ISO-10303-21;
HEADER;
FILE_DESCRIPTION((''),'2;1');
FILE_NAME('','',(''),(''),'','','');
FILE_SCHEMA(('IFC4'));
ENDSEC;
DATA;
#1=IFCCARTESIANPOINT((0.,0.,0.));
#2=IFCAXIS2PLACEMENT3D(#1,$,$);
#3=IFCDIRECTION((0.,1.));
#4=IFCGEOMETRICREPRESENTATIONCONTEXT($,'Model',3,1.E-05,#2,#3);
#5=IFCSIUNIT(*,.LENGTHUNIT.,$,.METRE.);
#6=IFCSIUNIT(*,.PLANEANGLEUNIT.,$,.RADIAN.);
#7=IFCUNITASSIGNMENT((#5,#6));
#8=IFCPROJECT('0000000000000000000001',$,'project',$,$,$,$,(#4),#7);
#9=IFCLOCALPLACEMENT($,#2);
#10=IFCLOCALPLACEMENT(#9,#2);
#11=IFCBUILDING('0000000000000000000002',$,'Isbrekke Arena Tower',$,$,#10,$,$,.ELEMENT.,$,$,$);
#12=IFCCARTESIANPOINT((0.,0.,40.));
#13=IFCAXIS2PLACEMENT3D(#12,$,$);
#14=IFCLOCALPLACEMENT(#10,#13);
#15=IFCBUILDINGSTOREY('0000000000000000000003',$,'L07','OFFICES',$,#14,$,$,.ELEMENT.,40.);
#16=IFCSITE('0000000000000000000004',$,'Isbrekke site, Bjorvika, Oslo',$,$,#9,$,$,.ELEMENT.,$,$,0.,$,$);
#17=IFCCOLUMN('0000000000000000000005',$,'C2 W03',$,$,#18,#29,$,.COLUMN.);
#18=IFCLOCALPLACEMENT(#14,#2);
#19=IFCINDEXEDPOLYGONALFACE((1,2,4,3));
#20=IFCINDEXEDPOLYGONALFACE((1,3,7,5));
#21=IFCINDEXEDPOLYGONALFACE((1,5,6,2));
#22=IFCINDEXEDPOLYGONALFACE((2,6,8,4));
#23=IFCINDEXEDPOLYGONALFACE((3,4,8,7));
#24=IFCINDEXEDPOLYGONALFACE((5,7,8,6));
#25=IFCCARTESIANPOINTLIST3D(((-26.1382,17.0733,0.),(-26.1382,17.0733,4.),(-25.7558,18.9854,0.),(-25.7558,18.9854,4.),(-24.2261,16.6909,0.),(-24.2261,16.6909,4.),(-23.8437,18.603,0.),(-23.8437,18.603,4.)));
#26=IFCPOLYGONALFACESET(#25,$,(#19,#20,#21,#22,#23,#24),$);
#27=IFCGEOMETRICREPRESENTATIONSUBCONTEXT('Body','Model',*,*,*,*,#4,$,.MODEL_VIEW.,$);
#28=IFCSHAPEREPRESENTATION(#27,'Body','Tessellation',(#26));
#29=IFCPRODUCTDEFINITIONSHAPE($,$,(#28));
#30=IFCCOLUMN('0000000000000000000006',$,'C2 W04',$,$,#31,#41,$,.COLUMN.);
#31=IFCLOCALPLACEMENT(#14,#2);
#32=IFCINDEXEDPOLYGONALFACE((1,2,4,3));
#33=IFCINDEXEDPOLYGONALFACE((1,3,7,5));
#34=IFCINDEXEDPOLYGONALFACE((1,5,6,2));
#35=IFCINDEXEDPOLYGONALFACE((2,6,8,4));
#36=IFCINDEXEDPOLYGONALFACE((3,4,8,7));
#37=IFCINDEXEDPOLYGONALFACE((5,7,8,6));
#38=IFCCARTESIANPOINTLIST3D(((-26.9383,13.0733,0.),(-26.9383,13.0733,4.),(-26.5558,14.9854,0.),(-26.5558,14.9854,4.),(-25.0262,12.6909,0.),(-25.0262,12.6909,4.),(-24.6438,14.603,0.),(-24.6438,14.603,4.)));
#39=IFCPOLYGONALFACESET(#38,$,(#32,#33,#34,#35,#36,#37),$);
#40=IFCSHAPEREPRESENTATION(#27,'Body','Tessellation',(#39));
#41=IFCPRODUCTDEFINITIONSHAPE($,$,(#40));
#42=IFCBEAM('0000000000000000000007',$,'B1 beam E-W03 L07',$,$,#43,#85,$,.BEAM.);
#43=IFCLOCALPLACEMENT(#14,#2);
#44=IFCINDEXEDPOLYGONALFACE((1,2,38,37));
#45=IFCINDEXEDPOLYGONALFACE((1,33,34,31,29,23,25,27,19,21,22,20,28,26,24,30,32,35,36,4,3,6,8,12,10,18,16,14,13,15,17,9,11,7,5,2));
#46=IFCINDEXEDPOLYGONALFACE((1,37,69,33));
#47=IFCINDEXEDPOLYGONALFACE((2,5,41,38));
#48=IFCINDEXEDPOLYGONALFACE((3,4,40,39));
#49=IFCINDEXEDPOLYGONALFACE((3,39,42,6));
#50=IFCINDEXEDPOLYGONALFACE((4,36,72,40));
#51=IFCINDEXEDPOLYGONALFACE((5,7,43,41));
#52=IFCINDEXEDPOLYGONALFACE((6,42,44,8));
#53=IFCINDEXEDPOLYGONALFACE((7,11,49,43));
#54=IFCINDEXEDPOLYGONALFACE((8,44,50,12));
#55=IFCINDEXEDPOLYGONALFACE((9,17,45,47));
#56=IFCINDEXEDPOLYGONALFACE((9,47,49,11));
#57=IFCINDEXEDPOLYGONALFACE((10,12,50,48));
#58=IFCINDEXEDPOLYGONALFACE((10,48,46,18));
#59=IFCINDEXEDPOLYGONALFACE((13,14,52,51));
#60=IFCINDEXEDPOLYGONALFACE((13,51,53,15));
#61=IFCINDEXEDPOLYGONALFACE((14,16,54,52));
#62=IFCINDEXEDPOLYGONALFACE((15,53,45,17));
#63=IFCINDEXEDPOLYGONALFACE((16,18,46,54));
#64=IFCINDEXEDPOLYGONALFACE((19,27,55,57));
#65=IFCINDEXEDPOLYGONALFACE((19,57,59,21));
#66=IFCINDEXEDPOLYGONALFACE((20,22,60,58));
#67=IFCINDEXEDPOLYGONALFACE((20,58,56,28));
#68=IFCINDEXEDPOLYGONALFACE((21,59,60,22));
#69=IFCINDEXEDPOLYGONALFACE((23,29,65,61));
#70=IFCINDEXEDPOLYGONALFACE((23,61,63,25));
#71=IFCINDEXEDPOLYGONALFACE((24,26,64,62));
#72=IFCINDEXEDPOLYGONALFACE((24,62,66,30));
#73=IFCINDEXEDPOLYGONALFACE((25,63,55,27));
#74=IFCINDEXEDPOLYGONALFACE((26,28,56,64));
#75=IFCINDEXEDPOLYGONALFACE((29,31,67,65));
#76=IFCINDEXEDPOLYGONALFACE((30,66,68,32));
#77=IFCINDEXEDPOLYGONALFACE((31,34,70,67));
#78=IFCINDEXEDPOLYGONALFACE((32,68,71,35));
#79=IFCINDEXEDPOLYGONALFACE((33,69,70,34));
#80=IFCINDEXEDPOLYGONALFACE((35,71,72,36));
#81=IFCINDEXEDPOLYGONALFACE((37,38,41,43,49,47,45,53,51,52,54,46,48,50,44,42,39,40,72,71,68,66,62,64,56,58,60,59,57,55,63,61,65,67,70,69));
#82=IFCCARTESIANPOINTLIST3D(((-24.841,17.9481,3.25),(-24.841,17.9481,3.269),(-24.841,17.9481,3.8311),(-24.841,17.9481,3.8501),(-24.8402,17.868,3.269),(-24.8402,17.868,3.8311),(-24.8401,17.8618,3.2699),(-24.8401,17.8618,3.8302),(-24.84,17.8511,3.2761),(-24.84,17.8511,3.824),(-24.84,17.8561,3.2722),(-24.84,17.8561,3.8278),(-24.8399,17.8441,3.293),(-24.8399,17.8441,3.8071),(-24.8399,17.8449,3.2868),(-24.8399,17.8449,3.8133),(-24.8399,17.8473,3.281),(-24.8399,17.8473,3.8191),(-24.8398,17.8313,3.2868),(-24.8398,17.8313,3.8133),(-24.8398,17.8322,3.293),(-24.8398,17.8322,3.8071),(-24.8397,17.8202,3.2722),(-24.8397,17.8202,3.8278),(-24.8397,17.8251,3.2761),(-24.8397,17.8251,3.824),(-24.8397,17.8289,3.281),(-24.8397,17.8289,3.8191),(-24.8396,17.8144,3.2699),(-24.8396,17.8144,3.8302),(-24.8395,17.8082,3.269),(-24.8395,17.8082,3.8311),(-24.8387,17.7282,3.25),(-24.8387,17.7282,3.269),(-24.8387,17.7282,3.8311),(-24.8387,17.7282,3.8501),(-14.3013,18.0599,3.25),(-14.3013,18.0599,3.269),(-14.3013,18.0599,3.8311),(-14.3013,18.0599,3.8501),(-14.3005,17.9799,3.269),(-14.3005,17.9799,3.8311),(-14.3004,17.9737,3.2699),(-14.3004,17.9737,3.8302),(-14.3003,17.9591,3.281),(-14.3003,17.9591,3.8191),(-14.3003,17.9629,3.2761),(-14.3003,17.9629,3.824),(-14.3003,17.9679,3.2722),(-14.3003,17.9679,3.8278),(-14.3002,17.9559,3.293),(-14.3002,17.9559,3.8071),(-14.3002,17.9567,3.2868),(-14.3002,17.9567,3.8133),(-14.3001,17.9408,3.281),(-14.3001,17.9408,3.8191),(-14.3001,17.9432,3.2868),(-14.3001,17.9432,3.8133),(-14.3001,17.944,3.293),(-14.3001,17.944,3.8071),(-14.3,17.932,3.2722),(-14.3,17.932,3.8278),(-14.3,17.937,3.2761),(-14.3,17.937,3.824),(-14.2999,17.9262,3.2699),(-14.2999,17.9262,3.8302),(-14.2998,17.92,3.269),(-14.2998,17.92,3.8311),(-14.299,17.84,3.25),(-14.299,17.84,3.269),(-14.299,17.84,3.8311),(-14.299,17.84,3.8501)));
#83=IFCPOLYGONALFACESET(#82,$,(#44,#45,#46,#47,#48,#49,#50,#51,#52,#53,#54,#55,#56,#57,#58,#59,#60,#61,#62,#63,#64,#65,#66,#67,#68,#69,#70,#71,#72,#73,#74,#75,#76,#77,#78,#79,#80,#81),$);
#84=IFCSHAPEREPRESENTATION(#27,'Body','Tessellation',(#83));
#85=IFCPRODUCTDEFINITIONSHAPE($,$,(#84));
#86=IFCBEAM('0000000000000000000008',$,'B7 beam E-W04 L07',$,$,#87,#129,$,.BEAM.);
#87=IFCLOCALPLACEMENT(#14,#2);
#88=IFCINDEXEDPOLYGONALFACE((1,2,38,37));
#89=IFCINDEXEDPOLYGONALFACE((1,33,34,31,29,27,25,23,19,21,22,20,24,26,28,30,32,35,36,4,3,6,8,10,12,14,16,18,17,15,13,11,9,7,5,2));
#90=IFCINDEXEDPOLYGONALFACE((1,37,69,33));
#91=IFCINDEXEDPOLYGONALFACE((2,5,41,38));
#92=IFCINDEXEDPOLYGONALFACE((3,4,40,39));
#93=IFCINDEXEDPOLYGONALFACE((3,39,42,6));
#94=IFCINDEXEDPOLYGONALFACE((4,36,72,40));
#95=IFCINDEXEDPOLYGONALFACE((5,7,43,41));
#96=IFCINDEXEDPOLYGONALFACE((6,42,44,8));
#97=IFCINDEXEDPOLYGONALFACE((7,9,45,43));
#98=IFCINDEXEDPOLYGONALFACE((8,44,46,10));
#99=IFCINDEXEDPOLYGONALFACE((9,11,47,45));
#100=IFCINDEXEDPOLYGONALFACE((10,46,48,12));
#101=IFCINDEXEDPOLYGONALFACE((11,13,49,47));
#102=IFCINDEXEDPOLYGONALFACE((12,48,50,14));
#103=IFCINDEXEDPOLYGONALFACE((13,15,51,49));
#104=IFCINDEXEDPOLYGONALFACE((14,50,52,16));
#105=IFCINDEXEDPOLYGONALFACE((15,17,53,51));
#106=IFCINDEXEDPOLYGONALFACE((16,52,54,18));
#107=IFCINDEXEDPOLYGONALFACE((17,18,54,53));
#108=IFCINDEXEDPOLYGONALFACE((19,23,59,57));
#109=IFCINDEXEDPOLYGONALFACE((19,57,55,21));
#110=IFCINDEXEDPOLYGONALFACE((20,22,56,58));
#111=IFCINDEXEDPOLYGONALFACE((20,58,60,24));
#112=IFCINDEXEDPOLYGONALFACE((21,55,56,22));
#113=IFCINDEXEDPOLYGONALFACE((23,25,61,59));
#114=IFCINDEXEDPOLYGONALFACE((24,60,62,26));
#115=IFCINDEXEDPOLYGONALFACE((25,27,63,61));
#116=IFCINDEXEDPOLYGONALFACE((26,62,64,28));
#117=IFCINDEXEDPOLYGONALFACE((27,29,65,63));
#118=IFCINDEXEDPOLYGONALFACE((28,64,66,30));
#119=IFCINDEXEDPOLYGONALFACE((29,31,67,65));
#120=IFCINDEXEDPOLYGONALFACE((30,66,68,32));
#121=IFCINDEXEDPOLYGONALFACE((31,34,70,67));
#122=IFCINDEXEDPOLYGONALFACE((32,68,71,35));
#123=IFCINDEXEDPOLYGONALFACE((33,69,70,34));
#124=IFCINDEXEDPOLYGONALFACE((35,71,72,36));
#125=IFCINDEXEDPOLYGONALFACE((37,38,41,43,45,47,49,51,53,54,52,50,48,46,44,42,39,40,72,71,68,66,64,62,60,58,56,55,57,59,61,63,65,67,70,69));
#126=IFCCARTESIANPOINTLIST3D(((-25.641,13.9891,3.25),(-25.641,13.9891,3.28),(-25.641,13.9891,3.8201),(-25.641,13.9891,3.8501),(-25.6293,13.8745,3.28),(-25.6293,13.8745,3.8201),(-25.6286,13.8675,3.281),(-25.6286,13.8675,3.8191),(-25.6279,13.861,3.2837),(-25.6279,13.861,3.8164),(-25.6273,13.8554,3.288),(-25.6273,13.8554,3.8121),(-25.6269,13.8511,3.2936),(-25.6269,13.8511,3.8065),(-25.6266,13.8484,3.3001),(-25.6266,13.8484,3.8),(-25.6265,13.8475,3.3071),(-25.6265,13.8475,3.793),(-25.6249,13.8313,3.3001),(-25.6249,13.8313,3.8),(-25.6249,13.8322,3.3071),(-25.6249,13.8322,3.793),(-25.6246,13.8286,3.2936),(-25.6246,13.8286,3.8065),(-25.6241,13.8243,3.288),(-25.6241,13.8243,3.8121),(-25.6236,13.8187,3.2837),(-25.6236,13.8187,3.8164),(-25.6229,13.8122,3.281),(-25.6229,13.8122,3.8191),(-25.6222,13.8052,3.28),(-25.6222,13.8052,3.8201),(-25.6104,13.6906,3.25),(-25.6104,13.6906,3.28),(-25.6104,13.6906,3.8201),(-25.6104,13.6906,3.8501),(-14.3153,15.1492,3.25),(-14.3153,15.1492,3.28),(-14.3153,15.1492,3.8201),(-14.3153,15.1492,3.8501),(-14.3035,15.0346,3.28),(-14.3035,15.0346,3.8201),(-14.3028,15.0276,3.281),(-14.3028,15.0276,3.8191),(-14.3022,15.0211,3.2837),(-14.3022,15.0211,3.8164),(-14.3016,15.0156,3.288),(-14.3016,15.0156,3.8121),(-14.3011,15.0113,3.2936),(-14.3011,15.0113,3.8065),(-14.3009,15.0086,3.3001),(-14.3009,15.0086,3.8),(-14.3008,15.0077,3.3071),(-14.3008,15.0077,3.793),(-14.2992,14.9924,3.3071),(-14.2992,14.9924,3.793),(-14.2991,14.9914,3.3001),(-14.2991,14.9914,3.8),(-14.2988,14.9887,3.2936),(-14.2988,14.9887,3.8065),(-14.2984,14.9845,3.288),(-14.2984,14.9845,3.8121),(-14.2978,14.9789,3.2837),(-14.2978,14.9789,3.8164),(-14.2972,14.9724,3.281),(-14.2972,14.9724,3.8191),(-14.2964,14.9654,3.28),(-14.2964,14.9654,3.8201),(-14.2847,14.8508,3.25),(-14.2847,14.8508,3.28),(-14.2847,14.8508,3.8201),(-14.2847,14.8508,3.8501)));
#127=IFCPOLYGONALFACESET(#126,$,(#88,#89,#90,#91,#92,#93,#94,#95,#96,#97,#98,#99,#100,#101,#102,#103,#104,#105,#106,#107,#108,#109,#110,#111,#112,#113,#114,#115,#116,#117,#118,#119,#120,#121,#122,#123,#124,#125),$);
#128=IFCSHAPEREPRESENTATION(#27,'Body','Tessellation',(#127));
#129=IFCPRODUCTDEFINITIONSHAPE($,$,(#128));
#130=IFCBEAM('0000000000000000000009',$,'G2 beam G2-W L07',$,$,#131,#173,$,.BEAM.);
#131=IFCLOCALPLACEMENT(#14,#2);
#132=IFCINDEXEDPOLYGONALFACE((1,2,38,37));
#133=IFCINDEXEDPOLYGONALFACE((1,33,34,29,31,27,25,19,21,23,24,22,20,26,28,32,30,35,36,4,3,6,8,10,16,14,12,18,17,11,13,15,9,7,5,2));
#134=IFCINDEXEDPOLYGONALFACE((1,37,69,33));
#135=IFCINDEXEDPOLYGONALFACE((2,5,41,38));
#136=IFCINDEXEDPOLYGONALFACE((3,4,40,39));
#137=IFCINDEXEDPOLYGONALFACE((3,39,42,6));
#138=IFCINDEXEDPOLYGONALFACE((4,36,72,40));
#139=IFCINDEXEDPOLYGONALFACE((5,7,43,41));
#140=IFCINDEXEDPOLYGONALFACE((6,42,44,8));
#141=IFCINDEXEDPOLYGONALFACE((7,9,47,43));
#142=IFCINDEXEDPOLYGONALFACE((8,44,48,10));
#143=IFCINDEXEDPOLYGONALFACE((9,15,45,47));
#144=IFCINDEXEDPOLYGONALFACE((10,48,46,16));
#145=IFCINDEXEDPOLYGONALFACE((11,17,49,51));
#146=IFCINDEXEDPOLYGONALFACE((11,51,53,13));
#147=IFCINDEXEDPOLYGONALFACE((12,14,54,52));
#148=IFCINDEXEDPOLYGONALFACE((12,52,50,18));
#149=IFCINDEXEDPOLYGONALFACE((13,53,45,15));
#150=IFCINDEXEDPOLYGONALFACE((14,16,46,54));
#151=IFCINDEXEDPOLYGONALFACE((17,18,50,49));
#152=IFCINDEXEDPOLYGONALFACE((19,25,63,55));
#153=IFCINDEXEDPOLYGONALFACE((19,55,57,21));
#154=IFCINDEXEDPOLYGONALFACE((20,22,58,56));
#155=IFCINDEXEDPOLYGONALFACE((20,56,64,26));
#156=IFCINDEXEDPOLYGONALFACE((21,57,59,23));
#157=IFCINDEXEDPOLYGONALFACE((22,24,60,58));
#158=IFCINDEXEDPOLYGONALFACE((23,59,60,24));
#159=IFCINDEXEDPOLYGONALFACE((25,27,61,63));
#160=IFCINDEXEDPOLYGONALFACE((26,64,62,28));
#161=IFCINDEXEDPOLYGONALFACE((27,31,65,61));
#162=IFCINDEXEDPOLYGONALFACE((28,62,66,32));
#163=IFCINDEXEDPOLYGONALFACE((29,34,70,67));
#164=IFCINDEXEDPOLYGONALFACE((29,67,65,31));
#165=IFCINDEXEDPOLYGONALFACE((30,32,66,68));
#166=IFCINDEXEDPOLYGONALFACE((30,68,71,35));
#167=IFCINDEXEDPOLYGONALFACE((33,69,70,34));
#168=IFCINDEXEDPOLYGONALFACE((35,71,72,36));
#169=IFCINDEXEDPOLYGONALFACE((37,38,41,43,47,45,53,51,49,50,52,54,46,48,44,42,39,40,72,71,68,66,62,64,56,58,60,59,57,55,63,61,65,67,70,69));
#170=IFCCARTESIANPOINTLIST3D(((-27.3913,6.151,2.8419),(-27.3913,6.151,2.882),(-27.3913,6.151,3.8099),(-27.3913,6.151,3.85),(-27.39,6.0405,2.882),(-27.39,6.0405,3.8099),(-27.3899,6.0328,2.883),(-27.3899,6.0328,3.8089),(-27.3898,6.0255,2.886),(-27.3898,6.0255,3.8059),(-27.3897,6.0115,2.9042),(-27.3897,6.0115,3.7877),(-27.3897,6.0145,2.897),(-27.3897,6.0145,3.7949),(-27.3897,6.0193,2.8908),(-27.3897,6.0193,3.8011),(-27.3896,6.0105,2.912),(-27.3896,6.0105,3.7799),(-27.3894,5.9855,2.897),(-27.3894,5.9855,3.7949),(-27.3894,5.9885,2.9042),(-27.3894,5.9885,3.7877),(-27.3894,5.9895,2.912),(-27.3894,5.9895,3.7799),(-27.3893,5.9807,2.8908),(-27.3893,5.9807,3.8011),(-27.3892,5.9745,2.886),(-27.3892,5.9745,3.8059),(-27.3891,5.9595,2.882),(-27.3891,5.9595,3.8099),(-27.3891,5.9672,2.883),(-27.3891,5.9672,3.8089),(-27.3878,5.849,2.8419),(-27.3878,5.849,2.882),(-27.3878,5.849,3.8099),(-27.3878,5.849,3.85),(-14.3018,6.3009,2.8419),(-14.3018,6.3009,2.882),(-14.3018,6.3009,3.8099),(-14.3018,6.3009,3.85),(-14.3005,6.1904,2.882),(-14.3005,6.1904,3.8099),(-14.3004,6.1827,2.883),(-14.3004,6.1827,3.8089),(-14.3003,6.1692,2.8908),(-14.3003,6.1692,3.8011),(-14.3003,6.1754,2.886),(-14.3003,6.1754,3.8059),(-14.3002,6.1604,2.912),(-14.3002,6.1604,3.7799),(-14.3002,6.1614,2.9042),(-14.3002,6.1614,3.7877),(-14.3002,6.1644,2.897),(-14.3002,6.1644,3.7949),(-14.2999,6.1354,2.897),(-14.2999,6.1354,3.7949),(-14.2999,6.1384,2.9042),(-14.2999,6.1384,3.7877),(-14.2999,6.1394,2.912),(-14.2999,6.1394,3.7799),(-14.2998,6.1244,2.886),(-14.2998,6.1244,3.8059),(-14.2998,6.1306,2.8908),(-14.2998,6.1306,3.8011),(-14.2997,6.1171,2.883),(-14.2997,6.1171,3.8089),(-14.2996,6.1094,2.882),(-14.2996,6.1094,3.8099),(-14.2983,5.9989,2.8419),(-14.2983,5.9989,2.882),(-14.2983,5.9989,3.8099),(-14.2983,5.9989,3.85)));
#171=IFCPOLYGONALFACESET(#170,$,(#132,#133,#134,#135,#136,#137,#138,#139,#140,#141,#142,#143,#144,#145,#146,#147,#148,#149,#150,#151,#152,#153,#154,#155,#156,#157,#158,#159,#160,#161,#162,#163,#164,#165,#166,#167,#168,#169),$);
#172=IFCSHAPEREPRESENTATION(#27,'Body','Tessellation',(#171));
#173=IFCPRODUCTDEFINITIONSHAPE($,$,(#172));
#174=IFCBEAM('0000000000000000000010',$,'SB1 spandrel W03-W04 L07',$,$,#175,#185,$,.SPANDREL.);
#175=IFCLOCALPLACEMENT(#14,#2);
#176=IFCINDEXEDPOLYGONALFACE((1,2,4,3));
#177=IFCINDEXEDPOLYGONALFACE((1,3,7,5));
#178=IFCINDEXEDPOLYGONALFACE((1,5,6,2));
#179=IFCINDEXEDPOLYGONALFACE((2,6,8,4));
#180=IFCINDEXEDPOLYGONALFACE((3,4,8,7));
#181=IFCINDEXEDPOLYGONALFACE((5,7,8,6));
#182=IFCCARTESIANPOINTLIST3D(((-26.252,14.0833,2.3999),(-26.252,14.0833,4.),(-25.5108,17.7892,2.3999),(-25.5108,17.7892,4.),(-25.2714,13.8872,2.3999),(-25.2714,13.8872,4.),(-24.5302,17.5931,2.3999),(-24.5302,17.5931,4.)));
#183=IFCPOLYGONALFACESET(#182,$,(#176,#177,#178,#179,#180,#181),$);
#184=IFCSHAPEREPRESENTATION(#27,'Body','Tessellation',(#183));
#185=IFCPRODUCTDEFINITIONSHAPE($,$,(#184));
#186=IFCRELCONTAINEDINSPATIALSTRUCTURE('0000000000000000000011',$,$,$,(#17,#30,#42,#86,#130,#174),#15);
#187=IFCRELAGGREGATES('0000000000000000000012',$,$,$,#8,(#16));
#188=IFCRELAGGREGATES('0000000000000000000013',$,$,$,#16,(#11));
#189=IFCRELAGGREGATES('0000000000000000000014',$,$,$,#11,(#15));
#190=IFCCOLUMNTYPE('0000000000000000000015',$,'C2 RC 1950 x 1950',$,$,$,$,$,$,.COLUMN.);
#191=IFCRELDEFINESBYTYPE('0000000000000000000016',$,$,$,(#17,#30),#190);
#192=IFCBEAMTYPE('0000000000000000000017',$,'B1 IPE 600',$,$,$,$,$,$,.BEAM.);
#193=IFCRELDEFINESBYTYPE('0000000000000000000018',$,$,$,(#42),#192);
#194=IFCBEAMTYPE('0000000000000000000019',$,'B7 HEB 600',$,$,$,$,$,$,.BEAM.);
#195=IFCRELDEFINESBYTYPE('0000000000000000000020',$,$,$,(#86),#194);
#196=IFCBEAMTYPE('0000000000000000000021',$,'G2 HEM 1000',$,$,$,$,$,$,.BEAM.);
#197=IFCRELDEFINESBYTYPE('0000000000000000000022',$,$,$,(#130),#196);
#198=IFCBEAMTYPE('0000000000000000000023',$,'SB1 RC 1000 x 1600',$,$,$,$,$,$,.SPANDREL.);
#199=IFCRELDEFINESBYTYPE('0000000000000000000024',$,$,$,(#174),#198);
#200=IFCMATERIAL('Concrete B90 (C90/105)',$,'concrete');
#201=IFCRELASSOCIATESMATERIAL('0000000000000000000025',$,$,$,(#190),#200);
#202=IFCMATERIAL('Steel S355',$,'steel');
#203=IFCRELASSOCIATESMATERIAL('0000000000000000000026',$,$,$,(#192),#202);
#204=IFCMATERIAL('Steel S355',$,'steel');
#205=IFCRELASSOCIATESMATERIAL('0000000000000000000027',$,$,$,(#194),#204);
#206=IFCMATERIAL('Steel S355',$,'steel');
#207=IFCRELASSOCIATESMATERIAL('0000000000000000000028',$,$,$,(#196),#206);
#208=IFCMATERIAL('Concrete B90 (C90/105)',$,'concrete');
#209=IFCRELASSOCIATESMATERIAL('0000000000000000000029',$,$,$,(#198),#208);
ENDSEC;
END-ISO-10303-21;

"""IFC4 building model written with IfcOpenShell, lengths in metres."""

from ifc_helpers import new_model, si_unit, direction, frame, origin, origin_2d, place, context, subcontext, project, spatial, rectangle, i_section, extrude, material, material_profile, profile_set, type_object, element, save


model = new_model("IFC4")

# Units and contexts
model_context = context("Model", 3, precision=1e-05, world=origin(), true_north=direction((0.0, 1.0)))
body_context = subcontext(model_context, "Body", "Model", "MODEL_VIEW")
ifc_project = project(units=[si_unit("LENGTHUNIT", "METRE"), si_unit("PLANEANGLEUNIT", "RADIAN")], contexts=[model_context])

# Site, building, storey
site_placement = place(None, origin())
site = spatial("IfcSite", under=ifc_project, at=site_placement, Name="Isbrekke site, Bjorvika, Oslo", CompositionType="ELEMENT", RefElevation=0.0)
building_placement = place(site_placement, origin())
building = spatial("IfcBuilding", under=site, at=building_placement, Name="Isbrekke Arena Tower", CompositionType="ELEMENT")
storey_placement = place(building_placement, frame((0.0, 0.0, 40.0)))
storey = spatial("IfcBuildingStorey", under=building, at=storey_placement, Name="L07", Description="OFFICES", CompositionType="ELEMENT", Elevation=40.0)

# Columns
ifc_material_1 = material(Name="Concrete B90 (C90/105)", Category="concrete")
ifc_material_profile_1 = material_profile(ifc_material_1, rectangle(XDim=1.95, YDim=1.95, at=origin_2d()), Name="RC 1950x1950")
ifc_profile_set_1 = profile_set([ifc_material_profile_1], Name="Concrete B90 (C90/105)")
column_type = type_object("IfcColumnType", Name="C2 RC 1950 x 1950", PredefinedType="COLUMN", material=ifc_profile_set_1)
for number, where, z_axis, x_axis, name in (
    (1, (-24.991, 17.8381, 0.0), (0.0, 0.0, 1.0), (-0.196116, -0.980581, 0.0), "C2 W03"),
    (2, (-25.791, 13.8381, 0.0), (0.0, 0.0, 1.0), (-0.196116, -0.980581, 0.0), "C2 W04"),
):
    element("IfcColumn", number, at=place(storey_placement, frame(where, z_axis=z_axis, x_axis=x_axis)), inside=storey, type_object=column_type, Name=name, PredefinedType="COLUMN", context=body_context, shape_type="SweptSolid", body=[
        extrude(rectangle(XDim=1.95, YDim=1.95, at=origin_2d()), origin(), (0.0, 0.0, 1.0), 4.0),
    ])

# Beams
ifc_material_2 = material(Name="Steel S355", Category="steel")
ifc_material_profile_2 = material_profile(ifc_material_2, i_section(OverallWidth=0.22, OverallDepth=0.6001, WebThickness=0.012, FlangeThickness=0.019, FilletRadius=0.0239, at=origin_2d()), Name="IPE 600")
ifc_profile_set_2 = profile_set([ifc_material_profile_2], Name="Steel S355")
beam_type_1 = type_object("IfcBeamType", Name="B1 IPE 600", PredefinedType="BEAM", material=ifc_profile_set_2)
beam_1_placement = place(storey_placement, frame((-24.8398, 17.8381, 3.55), z_axis=(0.999944, 0.010608, 0.0), x_axis=(-0.010608, 0.999944, 0.0)))
element("IfcBeam", 3, at=beam_1_placement, inside=storey, type_object=beam_type_1, Name="B1 beam E-W03 L07", PredefinedType="BEAM", context=body_context, shape_type="SweptSolid", body=[
    extrude(i_section(OverallWidth=0.22, OverallDepth=0.6001, WebThickness=0.012, FlangeThickness=0.019, FilletRadius=0.0239, at=origin_2d()), origin(), (0.0, 0.0, 1.0), 10.5403),
])
ifc_material_3 = material(Name="Steel S355", Category="steel")
ifc_material_profile_3 = material_profile(ifc_material_3, i_section(OverallWidth=0.3, OverallDepth=0.6001, WebThickness=0.0154, FlangeThickness=0.03, FilletRadius=0.0271, at=origin_2d()), Name="HEB 600")
ifc_profile_set_3 = profile_set([ifc_material_profile_3], Name="Steel S355")
beam_type_2 = type_object("IfcBeamType", Name="B7 HEB 600", PredefinedType="BEAM", material=ifc_profile_set_3)
beam_2_placement = place(storey_placement, frame((-25.6257, 13.8398, 3.55), z_axis=(0.994794, 0.101903, 0.0), x_axis=(-0.101903, 0.994794, 0.0)))
element("IfcBeam", 4, at=beam_2_placement, inside=storey, type_object=beam_type_2, Name="B7 beam E-W04 L07", PredefinedType="BEAM", context=body_context, shape_type="SweptSolid", body=[
    extrude(i_section(OverallWidth=0.3, OverallDepth=0.6001, WebThickness=0.0154, FlangeThickness=0.03, FilletRadius=0.0271, at=origin_2d()), origin(), (0.0, 0.0, 1.0), 11.385),
])
ifc_material_4 = material(Name="Steel S355", Category="steel")
ifc_material_profile_4 = material_profile(ifc_material_4, i_section(OverallWidth=0.302, OverallDepth=1.0081, WebThickness=0.021, FlangeThickness=0.04, FilletRadius=0.03, at=origin_2d()), Name="HEM 1000")
ifc_profile_set_4 = profile_set([ifc_material_profile_4], Name="Steel S355")
beam_type_3 = type_object("IfcBeamType", Name="G2 HEM 1000", PredefinedType="BEAM", material=ifc_profile_set_4)
beam_3_placement = place(storey_placement, frame((-14.3, 6.1499, 3.3459), z_axis=(-0.999934, -0.011451, 0.0), x_axis=(0.011451, -0.999934, 0.0)))
element("IfcBeam", 5, at=beam_3_placement, inside=storey, type_object=beam_type_3, Name="G2 beam G2-W L07", PredefinedType="BEAM", context=body_context, shape_type="SweptSolid", body=[
    extrude(i_section(OverallWidth=0.302, OverallDepth=1.0081, WebThickness=0.021, FlangeThickness=0.04, FilletRadius=0.03, at=origin_2d()), origin(), (0.0, 0.0, 1.0), 13.0903),
])
ifc_material_5 = material(Name="Concrete B90 (C90/105)", Category="concrete")
ifc_material_profile_5 = material_profile(ifc_material_5, rectangle(XDim=1.0, YDim=1.6001, at=origin_2d()), Name="RC 1000x1600")
ifc_profile_set_5 = profile_set([ifc_material_profile_5], Name="Concrete B90 (C90/105)")
beam_type_4 = type_object("IfcBeamType", Name="SB1 RC 1000 x 1600", PredefinedType="SPANDREL", material=ifc_profile_set_5)
beam_4_placement = place(storey_placement, frame((-25.0205, 17.6912, 3.2), z_axis=(-0.196129, -0.980578, 0.0), x_axis=(0.980578, -0.196129, 0.0)))
element("IfcBeam", 6, at=beam_4_placement, inside=storey, type_object=beam_type_4, Name="SB1 spandrel W03-W04 L07", PredefinedType="SPANDREL", context=body_context, shape_type="SweptSolid", body=[
    extrude(rectangle(XDim=1.0, YDim=1.6001, at=origin_2d()), origin(), (0.0, 0.0, 1.0), 3.7793),
])

save(model, "model.ifc")
